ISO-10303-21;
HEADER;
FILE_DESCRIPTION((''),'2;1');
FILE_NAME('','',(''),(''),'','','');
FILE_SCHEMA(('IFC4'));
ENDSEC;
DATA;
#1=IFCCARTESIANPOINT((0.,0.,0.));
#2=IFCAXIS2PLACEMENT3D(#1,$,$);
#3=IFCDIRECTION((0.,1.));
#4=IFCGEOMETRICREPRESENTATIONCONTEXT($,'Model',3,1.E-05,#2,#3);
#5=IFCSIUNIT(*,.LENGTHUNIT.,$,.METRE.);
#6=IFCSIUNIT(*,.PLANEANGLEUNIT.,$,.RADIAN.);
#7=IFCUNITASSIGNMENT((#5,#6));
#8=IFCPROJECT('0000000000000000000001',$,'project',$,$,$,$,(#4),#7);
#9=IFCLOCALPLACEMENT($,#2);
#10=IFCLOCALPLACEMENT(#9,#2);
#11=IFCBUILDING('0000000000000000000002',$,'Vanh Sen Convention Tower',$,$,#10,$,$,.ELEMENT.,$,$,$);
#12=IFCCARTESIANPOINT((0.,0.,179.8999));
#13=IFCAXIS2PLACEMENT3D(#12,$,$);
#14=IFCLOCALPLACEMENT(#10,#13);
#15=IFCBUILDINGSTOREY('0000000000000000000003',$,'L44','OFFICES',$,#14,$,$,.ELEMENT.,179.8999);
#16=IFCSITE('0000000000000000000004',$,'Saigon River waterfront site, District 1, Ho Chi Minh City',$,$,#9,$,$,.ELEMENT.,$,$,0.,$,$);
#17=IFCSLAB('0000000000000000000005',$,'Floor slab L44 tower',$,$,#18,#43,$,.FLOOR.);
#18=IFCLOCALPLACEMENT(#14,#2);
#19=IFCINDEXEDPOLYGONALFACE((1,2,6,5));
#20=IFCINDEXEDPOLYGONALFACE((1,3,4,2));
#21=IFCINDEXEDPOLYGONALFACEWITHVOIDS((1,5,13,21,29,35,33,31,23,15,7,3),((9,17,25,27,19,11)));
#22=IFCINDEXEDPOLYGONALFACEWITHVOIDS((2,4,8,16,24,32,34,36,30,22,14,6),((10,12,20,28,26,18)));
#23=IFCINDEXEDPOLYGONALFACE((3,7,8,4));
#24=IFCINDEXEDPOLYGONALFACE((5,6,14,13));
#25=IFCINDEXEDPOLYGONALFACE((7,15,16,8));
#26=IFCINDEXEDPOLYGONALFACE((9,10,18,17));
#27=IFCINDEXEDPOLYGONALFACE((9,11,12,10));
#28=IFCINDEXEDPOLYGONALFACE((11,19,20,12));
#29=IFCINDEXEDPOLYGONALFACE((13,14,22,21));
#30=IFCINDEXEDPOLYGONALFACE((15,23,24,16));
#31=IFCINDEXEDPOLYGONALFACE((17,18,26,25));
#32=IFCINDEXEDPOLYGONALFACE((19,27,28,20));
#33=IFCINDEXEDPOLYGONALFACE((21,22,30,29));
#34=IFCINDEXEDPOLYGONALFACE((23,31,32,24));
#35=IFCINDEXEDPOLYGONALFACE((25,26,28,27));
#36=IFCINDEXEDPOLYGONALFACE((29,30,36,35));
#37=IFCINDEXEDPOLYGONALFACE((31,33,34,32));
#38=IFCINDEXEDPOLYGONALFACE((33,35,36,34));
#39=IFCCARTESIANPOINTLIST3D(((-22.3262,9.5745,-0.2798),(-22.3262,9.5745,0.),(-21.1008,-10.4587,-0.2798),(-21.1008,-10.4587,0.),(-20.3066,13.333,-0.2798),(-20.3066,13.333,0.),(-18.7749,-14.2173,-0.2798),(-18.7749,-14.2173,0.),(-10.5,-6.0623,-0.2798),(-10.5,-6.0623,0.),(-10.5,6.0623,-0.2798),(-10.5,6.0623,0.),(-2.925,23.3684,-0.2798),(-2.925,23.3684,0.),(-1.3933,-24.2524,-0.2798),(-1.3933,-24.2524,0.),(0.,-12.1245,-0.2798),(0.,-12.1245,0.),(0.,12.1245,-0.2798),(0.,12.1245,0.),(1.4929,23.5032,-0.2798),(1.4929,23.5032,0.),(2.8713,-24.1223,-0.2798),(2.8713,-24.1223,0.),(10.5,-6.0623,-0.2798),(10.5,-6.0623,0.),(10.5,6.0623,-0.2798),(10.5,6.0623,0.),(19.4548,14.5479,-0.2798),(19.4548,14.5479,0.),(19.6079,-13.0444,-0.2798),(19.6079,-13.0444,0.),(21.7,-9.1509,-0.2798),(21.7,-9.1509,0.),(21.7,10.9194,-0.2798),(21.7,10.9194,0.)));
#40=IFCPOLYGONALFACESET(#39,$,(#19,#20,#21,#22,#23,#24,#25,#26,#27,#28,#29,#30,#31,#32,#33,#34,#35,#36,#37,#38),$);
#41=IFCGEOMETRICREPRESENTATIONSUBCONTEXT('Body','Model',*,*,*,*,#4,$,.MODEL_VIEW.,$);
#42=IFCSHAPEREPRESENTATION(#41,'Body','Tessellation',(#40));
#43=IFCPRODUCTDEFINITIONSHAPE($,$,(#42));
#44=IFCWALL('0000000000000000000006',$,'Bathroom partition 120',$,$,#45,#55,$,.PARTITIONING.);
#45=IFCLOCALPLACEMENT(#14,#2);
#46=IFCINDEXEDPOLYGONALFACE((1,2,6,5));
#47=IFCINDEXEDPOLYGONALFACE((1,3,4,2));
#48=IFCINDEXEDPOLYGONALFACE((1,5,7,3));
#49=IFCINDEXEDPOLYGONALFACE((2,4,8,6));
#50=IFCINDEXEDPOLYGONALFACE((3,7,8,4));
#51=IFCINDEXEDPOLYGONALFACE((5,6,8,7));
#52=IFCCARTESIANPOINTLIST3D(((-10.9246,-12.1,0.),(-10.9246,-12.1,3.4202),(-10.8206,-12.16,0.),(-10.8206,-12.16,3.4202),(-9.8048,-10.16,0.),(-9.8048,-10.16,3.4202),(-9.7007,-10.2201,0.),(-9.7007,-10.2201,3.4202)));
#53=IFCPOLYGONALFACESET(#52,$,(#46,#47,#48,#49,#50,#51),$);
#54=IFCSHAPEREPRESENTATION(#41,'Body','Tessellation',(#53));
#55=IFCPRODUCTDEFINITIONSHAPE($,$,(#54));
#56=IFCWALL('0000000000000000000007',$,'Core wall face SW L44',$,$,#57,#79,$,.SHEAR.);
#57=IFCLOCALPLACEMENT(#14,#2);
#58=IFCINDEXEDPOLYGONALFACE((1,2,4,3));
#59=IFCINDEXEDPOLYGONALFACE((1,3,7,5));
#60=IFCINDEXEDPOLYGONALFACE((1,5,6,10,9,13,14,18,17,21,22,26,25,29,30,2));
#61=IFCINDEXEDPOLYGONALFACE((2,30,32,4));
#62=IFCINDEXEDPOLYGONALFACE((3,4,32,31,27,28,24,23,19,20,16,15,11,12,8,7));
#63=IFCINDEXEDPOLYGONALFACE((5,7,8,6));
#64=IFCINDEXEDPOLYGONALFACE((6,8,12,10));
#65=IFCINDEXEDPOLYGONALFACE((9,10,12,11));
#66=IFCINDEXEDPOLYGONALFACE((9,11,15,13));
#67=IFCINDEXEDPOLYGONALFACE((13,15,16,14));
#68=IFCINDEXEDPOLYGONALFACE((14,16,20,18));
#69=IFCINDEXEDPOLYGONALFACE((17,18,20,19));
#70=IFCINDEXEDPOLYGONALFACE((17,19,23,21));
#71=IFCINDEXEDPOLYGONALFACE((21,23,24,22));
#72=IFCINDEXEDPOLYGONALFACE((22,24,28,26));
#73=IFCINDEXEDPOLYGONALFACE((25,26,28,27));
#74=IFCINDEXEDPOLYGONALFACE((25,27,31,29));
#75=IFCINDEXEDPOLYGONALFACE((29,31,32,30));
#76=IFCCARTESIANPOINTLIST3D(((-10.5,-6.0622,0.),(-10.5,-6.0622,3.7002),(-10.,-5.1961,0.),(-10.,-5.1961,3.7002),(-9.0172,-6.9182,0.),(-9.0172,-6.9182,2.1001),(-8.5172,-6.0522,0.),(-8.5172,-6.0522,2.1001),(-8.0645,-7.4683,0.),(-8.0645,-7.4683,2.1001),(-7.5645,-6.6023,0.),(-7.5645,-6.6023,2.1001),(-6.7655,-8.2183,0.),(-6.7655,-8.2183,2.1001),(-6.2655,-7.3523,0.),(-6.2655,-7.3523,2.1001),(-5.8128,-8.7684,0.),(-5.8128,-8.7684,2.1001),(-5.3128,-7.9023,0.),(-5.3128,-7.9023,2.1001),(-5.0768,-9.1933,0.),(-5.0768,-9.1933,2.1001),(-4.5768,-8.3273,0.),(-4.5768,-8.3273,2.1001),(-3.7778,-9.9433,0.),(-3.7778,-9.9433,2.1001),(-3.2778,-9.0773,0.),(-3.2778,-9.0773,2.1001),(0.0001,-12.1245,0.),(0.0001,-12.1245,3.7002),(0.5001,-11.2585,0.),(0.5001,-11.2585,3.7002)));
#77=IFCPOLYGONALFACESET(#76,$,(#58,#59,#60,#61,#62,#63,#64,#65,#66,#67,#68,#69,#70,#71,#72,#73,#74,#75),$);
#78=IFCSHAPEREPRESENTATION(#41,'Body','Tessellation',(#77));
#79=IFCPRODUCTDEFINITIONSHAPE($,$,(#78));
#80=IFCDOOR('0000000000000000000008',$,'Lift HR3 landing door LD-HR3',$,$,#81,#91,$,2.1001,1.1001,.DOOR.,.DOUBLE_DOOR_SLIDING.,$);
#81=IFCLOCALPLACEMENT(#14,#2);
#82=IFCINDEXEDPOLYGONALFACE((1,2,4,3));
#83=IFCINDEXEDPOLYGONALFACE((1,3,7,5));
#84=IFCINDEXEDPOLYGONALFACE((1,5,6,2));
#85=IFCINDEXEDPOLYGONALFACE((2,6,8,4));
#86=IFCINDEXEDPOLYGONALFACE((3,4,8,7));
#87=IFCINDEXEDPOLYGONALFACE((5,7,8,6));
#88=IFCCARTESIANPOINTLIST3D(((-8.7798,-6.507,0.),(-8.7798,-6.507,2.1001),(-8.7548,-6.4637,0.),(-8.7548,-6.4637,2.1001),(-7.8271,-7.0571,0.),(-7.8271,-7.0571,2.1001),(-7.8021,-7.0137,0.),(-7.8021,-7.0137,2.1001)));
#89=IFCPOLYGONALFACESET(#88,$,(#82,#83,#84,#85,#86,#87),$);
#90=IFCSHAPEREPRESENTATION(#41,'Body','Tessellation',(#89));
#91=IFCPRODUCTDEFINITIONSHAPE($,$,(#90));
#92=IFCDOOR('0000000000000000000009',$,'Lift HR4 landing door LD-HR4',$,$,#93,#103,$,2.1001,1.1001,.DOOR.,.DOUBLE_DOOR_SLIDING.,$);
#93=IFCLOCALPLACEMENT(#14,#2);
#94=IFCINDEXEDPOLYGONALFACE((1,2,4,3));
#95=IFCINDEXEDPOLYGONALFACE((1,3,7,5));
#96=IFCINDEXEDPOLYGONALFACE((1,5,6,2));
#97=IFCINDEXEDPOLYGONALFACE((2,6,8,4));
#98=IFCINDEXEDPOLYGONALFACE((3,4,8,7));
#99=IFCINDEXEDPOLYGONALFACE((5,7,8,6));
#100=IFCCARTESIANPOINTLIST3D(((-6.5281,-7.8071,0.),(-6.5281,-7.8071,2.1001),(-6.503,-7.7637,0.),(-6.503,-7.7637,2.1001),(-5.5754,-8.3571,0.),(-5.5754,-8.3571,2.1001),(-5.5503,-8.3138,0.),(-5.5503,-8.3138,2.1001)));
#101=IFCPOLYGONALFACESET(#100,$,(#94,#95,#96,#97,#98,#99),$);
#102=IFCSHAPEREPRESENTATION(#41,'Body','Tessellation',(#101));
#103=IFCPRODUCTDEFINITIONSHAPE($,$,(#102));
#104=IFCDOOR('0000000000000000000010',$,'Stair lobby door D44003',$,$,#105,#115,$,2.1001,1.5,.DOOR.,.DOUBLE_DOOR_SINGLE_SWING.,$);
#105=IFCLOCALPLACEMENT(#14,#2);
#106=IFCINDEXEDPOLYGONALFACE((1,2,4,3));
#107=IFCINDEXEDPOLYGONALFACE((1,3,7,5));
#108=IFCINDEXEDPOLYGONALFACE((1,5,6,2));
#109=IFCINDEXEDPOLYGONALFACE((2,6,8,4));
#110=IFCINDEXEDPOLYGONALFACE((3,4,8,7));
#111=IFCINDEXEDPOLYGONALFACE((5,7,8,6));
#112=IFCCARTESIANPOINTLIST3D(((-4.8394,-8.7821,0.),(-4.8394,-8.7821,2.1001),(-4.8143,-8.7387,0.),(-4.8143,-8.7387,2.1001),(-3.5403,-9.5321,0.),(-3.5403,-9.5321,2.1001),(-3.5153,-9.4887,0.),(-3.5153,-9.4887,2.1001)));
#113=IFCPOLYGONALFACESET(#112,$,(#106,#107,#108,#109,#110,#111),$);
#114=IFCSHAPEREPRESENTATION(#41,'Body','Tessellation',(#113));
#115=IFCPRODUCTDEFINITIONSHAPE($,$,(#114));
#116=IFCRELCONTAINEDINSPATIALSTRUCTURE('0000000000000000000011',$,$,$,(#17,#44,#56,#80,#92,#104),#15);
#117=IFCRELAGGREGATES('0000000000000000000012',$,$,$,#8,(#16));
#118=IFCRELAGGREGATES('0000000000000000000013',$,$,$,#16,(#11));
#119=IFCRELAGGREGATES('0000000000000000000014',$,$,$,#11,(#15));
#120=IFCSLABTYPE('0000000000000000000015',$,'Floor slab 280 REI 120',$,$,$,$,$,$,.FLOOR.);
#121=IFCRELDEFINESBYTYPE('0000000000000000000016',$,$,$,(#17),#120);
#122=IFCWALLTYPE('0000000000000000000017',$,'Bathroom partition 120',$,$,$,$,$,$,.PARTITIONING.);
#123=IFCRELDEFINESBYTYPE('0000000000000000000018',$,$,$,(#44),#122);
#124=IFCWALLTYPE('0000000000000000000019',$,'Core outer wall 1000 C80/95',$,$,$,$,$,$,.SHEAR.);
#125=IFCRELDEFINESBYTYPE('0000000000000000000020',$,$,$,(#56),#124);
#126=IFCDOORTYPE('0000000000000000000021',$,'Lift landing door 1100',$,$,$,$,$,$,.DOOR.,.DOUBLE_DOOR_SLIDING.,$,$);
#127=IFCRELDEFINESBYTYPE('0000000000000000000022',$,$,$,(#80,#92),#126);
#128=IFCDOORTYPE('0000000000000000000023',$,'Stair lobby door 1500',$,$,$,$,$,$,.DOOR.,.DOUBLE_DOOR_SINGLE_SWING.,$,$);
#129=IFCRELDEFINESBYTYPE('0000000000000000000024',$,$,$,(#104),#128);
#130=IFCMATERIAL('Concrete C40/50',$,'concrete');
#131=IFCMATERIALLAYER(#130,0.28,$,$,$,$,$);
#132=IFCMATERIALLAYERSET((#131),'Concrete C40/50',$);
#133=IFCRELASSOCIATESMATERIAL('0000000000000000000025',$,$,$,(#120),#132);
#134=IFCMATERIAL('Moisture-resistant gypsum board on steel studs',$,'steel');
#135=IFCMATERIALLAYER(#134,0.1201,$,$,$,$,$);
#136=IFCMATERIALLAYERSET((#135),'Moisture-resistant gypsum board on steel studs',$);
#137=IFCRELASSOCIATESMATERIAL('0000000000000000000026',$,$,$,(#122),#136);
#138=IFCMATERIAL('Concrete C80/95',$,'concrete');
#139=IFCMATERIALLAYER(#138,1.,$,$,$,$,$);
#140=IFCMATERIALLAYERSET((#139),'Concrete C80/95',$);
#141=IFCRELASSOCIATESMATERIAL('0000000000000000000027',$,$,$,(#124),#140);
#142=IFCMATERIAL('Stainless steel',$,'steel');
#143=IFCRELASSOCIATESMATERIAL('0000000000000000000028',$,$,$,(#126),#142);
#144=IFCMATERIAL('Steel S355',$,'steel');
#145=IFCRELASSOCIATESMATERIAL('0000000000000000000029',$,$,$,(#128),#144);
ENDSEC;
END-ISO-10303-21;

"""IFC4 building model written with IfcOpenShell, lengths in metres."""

from ifc_helpers import new_model, si_unit, direction, frame, frame_2d, origin, place, context, subcontext, project, spatial, polyline, rectangle, outline, extrude, material, layer, layer_set, type_object, element, fill, save


model = new_model("IFC4")

# Units and contexts
model_context = context("Model", 3, precision=1e-05, world=origin(), true_north=direction((0.0, 1.0)))
body_context = subcontext(model_context, "Body", "Model", "MODEL_VIEW")
ifc_project = project(units=[si_unit("LENGTHUNIT", "METRE"), si_unit("PLANEANGLEUNIT", "RADIAN")], contexts=[model_context])

# Site, building, storey
site_placement = place(None, origin())
site = spatial("IfcSite", under=ifc_project, at=site_placement, Name="Saigon River waterfront site, District 1, Ho Chi Minh City", CompositionType="ELEMENT", RefElevation=0.0)
building_placement = place(site_placement, origin())
building = spatial("IfcBuilding", under=site, at=building_placement, Name="Vanh Sen Convention Tower", CompositionType="ELEMENT")
storey_placement = place(building_placement, frame((0.0, 0.0, 179.8999)))
storey = spatial("IfcBuildingStorey", under=building, at=storey_placement, Name="L44", Description="OFFICES", CompositionType="ELEMENT", Elevation=179.8999)

# Slab
ifc_material_1 = material(Name="Concrete C40/50", Category="concrete")
ifc_layer_1 = layer(ifc_material_1, 0.28)
ifc_layer_set_1 = layer_set([ifc_layer_1], Name="Concrete C40/50")
slab_type = type_object("IfcSlabType", Name="Floor slab 280 REI 120", PredefinedType="FLOOR", material=ifc_layer_set_1)
slab_placement = place(storey_placement, frame((0.0, 0.0, -0.2798)))
element("IfcSlab", 1, at=slab_placement, inside=storey, type_object=slab_type, Name="Floor slab L44 tower", PredefinedType="FLOOR", context=body_context, shape_type="SweptSolid", body=[
    extrude(outline(polyline([(21.7, -9.1509), (21.7, 10.9194), (19.4548, 14.5479), (1.4929, 23.5032), (-2.925, 23.3684), (-20.3066, 13.333), (-22.3262, 9.5745), (-21.1008, -10.4587), (-18.7749, -14.2173), (-1.3933, -24.2524), (2.8713, -24.1223), (19.6079, -13.0444), (21.7, -9.1509)]), holes=[polyline([(0.0, 12.1245), (-10.5, 6.0623), (-10.5, -6.0623), (0.0, -12.1245), (10.5, -6.0623), (10.5, 6.0623), (0.0, 12.1245)])]), origin(), (0.0, 0.0, 1.0), 0.2798),
])

# Wall
ifc_material_2 = material(Name="Moisture-resistant gypsum board on steel studs", Category="steel")
ifc_layer_2 = layer(ifc_material_2, 0.1201)
ifc_layer_set_2 = layer_set([ifc_layer_2], Name="Moisture-resistant gypsum board on steel studs")
wall_type_1 = type_object("IfcWallType", Name="Bathroom partition 120", PredefinedType="PARTITIONING", material=ifc_layer_set_2)
wall_1_placement = place(storey_placement, frame((-9.7527, -10.1899, 0.0), z_axis=(0.0, 0.0, 1.0), x_axis=(-0.499949, -0.866055, 0.0)))
element("IfcWall", 2, at=wall_1_placement, inside=storey, type_object=wall_type_1, Name="Bathroom partition 120", PredefinedType="PARTITIONING", context=body_context, shape_type="SweptSolid", body=[
    extrude(rectangle(XDim=2.24, YDim=0.1201, at=frame_2d((1.1201, 0.0))), origin(), (0.0, 0.0, 1.0), 3.4202),
])

# Wall, openings, doors
ifc_material_3 = material(Name="Concrete C80/95", Category="concrete")
ifc_layer_3 = layer(ifc_material_3, 1.0)
ifc_layer_set_3 = layer_set([ifc_layer_3], Name="Concrete C80/95")
wall_type_2 = type_object("IfcWallType", Name="Core outer wall 1000 C80/95", PredefinedType="SHEAR", material=ifc_layer_set_3)
wall_2_placement = place(storey_placement, frame((-10.25, -5.6292, 0.0), z_axis=(0.0, 0.0, 1.0), x_axis=(0.866023, -0.500005, 0.0)))
wall_2 = element("IfcWall", 3, at=wall_2_placement, inside=storey, type_object=wall_type_2, Name="Core wall face SW L44", PredefinedType="SHEAR", context=body_context, shape_type="SweptSolid", body=[
    extrude(rectangle(XDim=12.1245, YDim=1.0, at=frame_2d((6.0623, 0.0))), origin(), (0.0, 0.0, 1.0), 3.7002),
])
opening_1_placement = place(wall_2_placement, frame((6.2622, 0.0, 0.0)))
opening_1 = element("IfcOpeningElement", 4, at=opening_1_placement, cuts=wall_2, PredefinedType="OPENING", context=body_context, shape_type="SweptSolid", body=[
    extrude(rectangle(XDim=1.5, YDim=2.1001, at=frame_2d((0.75, 1.05))), frame((0.0, 0.51, 0.0), z_axis=(0.0, -1.0, 0.0), x_axis=(1.0, 0.0, 0.0)), (0.0, 0.0, 1.0), 1.02),
])
opening_2_placement = place(wall_2_placement, frame((1.7122, 0.0, 0.0)))
opening_2 = element("IfcOpeningElement", 5, at=opening_2_placement, cuts=wall_2, PredefinedType="OPENING", context=body_context, shape_type="SweptSolid", body=[
    extrude(rectangle(XDim=1.1001, YDim=2.1001, at=frame_2d((0.55, 1.05))), frame((0.0, 0.51, 0.0), z_axis=(0.0, -1.0, 0.0), x_axis=(1.0, 0.0, 0.0)), (0.0, 0.0, 1.0), 1.02),
])
opening_3_placement = place(wall_2_placement, frame((4.3123, 0.0, 0.0)))
opening_3 = element("IfcOpeningElement", 6, at=opening_3_placement, cuts=wall_2, PredefinedType="OPENING", context=body_context, shape_type="SweptSolid", body=[
    extrude(rectangle(XDim=1.1001, YDim=2.1001, at=frame_2d((0.55, 1.05))), frame((0.0, 0.51, 0.0), z_axis=(0.0, -1.0, 0.0), x_axis=(1.0, 0.0, 0.0)), (0.0, 0.0, 1.0), 1.02),
])
ifc_material_4 = material(Name="Stainless steel", Category="steel")
door_type_1 = type_object("IfcDoorType", Name="Lift landing door 1100", OperationType="DOUBLE_DOOR_SLIDING", PredefinedType="DOOR", material=ifc_material_4)
door_1_placement = place(opening_2_placement, origin())
door_1 = element("IfcDoor", 7, at=door_1_placement, inside=storey, type_object=door_type_1, Name="Lift HR3 landing door LD-HR3", OperationType="DOUBLE_DOOR_SLIDING", OverallHeight=2.1001, OverallWidth=1.1001, PredefinedType="DOOR", context=body_context, shape_type="SweptSolid", body=[
    extrude(rectangle(XDim=1.1001, YDim=2.1001, at=frame_2d((0.55, 1.05))), frame((0.0, 0.0249, 0.0), z_axis=(0.0, -1.0, 0.0), x_axis=(1.0, 0.0, 0.0)), (0.0, 0.0, 1.0), 0.05),
])
fill(opening_2, door_1)
door_2_placement = place(opening_3_placement, origin())
door_2 = element("IfcDoor", 8, at=door_2_placement, inside=storey, type_object=door_type_1, Name="Lift HR4 landing door LD-HR4", OperationType="DOUBLE_DOOR_SLIDING", OverallHeight=2.1001, OverallWidth=1.1001, PredefinedType="DOOR", context=body_context, shape_type="SweptSolid", body=[
    extrude(rectangle(XDim=1.1001, YDim=2.1001, at=frame_2d((0.55, 1.05))), frame((0.0, 0.0249, 0.0), z_axis=(0.0, -1.0, 0.0), x_axis=(1.0, 0.0, 0.0)), (0.0, 0.0, 1.0), 0.05),
])
fill(opening_3, door_2)
ifc_material_5 = material(Name="Steel S355", Category="steel")
door_type_2 = type_object("IfcDoorType", Name="Stair lobby door 1500", OperationType="DOUBLE_DOOR_SINGLE_SWING", PredefinedType="DOOR", material=ifc_material_5)
door_3_placement = place(opening_1_placement, origin())
door_3 = element("IfcDoor", 9, at=door_3_placement, inside=storey, type_object=door_type_2, Name="Stair lobby door D44003", OperationType="DOUBLE_DOOR_SINGLE_SWING", OverallHeight=2.1001, OverallWidth=1.5, PredefinedType="DOOR", context=body_context, shape_type="SweptSolid", body=[
    extrude(rectangle(XDim=1.5, YDim=2.1001, at=frame_2d((0.75, 1.05))), frame((0.0, 0.0249, 0.0), z_axis=(0.0, -1.0, 0.0), x_axis=(1.0, 0.0, 0.0)), (0.0, 0.0, 1.0), 0.05),
])
fill(opening_1, door_3)

save(model, "model.ifc")
